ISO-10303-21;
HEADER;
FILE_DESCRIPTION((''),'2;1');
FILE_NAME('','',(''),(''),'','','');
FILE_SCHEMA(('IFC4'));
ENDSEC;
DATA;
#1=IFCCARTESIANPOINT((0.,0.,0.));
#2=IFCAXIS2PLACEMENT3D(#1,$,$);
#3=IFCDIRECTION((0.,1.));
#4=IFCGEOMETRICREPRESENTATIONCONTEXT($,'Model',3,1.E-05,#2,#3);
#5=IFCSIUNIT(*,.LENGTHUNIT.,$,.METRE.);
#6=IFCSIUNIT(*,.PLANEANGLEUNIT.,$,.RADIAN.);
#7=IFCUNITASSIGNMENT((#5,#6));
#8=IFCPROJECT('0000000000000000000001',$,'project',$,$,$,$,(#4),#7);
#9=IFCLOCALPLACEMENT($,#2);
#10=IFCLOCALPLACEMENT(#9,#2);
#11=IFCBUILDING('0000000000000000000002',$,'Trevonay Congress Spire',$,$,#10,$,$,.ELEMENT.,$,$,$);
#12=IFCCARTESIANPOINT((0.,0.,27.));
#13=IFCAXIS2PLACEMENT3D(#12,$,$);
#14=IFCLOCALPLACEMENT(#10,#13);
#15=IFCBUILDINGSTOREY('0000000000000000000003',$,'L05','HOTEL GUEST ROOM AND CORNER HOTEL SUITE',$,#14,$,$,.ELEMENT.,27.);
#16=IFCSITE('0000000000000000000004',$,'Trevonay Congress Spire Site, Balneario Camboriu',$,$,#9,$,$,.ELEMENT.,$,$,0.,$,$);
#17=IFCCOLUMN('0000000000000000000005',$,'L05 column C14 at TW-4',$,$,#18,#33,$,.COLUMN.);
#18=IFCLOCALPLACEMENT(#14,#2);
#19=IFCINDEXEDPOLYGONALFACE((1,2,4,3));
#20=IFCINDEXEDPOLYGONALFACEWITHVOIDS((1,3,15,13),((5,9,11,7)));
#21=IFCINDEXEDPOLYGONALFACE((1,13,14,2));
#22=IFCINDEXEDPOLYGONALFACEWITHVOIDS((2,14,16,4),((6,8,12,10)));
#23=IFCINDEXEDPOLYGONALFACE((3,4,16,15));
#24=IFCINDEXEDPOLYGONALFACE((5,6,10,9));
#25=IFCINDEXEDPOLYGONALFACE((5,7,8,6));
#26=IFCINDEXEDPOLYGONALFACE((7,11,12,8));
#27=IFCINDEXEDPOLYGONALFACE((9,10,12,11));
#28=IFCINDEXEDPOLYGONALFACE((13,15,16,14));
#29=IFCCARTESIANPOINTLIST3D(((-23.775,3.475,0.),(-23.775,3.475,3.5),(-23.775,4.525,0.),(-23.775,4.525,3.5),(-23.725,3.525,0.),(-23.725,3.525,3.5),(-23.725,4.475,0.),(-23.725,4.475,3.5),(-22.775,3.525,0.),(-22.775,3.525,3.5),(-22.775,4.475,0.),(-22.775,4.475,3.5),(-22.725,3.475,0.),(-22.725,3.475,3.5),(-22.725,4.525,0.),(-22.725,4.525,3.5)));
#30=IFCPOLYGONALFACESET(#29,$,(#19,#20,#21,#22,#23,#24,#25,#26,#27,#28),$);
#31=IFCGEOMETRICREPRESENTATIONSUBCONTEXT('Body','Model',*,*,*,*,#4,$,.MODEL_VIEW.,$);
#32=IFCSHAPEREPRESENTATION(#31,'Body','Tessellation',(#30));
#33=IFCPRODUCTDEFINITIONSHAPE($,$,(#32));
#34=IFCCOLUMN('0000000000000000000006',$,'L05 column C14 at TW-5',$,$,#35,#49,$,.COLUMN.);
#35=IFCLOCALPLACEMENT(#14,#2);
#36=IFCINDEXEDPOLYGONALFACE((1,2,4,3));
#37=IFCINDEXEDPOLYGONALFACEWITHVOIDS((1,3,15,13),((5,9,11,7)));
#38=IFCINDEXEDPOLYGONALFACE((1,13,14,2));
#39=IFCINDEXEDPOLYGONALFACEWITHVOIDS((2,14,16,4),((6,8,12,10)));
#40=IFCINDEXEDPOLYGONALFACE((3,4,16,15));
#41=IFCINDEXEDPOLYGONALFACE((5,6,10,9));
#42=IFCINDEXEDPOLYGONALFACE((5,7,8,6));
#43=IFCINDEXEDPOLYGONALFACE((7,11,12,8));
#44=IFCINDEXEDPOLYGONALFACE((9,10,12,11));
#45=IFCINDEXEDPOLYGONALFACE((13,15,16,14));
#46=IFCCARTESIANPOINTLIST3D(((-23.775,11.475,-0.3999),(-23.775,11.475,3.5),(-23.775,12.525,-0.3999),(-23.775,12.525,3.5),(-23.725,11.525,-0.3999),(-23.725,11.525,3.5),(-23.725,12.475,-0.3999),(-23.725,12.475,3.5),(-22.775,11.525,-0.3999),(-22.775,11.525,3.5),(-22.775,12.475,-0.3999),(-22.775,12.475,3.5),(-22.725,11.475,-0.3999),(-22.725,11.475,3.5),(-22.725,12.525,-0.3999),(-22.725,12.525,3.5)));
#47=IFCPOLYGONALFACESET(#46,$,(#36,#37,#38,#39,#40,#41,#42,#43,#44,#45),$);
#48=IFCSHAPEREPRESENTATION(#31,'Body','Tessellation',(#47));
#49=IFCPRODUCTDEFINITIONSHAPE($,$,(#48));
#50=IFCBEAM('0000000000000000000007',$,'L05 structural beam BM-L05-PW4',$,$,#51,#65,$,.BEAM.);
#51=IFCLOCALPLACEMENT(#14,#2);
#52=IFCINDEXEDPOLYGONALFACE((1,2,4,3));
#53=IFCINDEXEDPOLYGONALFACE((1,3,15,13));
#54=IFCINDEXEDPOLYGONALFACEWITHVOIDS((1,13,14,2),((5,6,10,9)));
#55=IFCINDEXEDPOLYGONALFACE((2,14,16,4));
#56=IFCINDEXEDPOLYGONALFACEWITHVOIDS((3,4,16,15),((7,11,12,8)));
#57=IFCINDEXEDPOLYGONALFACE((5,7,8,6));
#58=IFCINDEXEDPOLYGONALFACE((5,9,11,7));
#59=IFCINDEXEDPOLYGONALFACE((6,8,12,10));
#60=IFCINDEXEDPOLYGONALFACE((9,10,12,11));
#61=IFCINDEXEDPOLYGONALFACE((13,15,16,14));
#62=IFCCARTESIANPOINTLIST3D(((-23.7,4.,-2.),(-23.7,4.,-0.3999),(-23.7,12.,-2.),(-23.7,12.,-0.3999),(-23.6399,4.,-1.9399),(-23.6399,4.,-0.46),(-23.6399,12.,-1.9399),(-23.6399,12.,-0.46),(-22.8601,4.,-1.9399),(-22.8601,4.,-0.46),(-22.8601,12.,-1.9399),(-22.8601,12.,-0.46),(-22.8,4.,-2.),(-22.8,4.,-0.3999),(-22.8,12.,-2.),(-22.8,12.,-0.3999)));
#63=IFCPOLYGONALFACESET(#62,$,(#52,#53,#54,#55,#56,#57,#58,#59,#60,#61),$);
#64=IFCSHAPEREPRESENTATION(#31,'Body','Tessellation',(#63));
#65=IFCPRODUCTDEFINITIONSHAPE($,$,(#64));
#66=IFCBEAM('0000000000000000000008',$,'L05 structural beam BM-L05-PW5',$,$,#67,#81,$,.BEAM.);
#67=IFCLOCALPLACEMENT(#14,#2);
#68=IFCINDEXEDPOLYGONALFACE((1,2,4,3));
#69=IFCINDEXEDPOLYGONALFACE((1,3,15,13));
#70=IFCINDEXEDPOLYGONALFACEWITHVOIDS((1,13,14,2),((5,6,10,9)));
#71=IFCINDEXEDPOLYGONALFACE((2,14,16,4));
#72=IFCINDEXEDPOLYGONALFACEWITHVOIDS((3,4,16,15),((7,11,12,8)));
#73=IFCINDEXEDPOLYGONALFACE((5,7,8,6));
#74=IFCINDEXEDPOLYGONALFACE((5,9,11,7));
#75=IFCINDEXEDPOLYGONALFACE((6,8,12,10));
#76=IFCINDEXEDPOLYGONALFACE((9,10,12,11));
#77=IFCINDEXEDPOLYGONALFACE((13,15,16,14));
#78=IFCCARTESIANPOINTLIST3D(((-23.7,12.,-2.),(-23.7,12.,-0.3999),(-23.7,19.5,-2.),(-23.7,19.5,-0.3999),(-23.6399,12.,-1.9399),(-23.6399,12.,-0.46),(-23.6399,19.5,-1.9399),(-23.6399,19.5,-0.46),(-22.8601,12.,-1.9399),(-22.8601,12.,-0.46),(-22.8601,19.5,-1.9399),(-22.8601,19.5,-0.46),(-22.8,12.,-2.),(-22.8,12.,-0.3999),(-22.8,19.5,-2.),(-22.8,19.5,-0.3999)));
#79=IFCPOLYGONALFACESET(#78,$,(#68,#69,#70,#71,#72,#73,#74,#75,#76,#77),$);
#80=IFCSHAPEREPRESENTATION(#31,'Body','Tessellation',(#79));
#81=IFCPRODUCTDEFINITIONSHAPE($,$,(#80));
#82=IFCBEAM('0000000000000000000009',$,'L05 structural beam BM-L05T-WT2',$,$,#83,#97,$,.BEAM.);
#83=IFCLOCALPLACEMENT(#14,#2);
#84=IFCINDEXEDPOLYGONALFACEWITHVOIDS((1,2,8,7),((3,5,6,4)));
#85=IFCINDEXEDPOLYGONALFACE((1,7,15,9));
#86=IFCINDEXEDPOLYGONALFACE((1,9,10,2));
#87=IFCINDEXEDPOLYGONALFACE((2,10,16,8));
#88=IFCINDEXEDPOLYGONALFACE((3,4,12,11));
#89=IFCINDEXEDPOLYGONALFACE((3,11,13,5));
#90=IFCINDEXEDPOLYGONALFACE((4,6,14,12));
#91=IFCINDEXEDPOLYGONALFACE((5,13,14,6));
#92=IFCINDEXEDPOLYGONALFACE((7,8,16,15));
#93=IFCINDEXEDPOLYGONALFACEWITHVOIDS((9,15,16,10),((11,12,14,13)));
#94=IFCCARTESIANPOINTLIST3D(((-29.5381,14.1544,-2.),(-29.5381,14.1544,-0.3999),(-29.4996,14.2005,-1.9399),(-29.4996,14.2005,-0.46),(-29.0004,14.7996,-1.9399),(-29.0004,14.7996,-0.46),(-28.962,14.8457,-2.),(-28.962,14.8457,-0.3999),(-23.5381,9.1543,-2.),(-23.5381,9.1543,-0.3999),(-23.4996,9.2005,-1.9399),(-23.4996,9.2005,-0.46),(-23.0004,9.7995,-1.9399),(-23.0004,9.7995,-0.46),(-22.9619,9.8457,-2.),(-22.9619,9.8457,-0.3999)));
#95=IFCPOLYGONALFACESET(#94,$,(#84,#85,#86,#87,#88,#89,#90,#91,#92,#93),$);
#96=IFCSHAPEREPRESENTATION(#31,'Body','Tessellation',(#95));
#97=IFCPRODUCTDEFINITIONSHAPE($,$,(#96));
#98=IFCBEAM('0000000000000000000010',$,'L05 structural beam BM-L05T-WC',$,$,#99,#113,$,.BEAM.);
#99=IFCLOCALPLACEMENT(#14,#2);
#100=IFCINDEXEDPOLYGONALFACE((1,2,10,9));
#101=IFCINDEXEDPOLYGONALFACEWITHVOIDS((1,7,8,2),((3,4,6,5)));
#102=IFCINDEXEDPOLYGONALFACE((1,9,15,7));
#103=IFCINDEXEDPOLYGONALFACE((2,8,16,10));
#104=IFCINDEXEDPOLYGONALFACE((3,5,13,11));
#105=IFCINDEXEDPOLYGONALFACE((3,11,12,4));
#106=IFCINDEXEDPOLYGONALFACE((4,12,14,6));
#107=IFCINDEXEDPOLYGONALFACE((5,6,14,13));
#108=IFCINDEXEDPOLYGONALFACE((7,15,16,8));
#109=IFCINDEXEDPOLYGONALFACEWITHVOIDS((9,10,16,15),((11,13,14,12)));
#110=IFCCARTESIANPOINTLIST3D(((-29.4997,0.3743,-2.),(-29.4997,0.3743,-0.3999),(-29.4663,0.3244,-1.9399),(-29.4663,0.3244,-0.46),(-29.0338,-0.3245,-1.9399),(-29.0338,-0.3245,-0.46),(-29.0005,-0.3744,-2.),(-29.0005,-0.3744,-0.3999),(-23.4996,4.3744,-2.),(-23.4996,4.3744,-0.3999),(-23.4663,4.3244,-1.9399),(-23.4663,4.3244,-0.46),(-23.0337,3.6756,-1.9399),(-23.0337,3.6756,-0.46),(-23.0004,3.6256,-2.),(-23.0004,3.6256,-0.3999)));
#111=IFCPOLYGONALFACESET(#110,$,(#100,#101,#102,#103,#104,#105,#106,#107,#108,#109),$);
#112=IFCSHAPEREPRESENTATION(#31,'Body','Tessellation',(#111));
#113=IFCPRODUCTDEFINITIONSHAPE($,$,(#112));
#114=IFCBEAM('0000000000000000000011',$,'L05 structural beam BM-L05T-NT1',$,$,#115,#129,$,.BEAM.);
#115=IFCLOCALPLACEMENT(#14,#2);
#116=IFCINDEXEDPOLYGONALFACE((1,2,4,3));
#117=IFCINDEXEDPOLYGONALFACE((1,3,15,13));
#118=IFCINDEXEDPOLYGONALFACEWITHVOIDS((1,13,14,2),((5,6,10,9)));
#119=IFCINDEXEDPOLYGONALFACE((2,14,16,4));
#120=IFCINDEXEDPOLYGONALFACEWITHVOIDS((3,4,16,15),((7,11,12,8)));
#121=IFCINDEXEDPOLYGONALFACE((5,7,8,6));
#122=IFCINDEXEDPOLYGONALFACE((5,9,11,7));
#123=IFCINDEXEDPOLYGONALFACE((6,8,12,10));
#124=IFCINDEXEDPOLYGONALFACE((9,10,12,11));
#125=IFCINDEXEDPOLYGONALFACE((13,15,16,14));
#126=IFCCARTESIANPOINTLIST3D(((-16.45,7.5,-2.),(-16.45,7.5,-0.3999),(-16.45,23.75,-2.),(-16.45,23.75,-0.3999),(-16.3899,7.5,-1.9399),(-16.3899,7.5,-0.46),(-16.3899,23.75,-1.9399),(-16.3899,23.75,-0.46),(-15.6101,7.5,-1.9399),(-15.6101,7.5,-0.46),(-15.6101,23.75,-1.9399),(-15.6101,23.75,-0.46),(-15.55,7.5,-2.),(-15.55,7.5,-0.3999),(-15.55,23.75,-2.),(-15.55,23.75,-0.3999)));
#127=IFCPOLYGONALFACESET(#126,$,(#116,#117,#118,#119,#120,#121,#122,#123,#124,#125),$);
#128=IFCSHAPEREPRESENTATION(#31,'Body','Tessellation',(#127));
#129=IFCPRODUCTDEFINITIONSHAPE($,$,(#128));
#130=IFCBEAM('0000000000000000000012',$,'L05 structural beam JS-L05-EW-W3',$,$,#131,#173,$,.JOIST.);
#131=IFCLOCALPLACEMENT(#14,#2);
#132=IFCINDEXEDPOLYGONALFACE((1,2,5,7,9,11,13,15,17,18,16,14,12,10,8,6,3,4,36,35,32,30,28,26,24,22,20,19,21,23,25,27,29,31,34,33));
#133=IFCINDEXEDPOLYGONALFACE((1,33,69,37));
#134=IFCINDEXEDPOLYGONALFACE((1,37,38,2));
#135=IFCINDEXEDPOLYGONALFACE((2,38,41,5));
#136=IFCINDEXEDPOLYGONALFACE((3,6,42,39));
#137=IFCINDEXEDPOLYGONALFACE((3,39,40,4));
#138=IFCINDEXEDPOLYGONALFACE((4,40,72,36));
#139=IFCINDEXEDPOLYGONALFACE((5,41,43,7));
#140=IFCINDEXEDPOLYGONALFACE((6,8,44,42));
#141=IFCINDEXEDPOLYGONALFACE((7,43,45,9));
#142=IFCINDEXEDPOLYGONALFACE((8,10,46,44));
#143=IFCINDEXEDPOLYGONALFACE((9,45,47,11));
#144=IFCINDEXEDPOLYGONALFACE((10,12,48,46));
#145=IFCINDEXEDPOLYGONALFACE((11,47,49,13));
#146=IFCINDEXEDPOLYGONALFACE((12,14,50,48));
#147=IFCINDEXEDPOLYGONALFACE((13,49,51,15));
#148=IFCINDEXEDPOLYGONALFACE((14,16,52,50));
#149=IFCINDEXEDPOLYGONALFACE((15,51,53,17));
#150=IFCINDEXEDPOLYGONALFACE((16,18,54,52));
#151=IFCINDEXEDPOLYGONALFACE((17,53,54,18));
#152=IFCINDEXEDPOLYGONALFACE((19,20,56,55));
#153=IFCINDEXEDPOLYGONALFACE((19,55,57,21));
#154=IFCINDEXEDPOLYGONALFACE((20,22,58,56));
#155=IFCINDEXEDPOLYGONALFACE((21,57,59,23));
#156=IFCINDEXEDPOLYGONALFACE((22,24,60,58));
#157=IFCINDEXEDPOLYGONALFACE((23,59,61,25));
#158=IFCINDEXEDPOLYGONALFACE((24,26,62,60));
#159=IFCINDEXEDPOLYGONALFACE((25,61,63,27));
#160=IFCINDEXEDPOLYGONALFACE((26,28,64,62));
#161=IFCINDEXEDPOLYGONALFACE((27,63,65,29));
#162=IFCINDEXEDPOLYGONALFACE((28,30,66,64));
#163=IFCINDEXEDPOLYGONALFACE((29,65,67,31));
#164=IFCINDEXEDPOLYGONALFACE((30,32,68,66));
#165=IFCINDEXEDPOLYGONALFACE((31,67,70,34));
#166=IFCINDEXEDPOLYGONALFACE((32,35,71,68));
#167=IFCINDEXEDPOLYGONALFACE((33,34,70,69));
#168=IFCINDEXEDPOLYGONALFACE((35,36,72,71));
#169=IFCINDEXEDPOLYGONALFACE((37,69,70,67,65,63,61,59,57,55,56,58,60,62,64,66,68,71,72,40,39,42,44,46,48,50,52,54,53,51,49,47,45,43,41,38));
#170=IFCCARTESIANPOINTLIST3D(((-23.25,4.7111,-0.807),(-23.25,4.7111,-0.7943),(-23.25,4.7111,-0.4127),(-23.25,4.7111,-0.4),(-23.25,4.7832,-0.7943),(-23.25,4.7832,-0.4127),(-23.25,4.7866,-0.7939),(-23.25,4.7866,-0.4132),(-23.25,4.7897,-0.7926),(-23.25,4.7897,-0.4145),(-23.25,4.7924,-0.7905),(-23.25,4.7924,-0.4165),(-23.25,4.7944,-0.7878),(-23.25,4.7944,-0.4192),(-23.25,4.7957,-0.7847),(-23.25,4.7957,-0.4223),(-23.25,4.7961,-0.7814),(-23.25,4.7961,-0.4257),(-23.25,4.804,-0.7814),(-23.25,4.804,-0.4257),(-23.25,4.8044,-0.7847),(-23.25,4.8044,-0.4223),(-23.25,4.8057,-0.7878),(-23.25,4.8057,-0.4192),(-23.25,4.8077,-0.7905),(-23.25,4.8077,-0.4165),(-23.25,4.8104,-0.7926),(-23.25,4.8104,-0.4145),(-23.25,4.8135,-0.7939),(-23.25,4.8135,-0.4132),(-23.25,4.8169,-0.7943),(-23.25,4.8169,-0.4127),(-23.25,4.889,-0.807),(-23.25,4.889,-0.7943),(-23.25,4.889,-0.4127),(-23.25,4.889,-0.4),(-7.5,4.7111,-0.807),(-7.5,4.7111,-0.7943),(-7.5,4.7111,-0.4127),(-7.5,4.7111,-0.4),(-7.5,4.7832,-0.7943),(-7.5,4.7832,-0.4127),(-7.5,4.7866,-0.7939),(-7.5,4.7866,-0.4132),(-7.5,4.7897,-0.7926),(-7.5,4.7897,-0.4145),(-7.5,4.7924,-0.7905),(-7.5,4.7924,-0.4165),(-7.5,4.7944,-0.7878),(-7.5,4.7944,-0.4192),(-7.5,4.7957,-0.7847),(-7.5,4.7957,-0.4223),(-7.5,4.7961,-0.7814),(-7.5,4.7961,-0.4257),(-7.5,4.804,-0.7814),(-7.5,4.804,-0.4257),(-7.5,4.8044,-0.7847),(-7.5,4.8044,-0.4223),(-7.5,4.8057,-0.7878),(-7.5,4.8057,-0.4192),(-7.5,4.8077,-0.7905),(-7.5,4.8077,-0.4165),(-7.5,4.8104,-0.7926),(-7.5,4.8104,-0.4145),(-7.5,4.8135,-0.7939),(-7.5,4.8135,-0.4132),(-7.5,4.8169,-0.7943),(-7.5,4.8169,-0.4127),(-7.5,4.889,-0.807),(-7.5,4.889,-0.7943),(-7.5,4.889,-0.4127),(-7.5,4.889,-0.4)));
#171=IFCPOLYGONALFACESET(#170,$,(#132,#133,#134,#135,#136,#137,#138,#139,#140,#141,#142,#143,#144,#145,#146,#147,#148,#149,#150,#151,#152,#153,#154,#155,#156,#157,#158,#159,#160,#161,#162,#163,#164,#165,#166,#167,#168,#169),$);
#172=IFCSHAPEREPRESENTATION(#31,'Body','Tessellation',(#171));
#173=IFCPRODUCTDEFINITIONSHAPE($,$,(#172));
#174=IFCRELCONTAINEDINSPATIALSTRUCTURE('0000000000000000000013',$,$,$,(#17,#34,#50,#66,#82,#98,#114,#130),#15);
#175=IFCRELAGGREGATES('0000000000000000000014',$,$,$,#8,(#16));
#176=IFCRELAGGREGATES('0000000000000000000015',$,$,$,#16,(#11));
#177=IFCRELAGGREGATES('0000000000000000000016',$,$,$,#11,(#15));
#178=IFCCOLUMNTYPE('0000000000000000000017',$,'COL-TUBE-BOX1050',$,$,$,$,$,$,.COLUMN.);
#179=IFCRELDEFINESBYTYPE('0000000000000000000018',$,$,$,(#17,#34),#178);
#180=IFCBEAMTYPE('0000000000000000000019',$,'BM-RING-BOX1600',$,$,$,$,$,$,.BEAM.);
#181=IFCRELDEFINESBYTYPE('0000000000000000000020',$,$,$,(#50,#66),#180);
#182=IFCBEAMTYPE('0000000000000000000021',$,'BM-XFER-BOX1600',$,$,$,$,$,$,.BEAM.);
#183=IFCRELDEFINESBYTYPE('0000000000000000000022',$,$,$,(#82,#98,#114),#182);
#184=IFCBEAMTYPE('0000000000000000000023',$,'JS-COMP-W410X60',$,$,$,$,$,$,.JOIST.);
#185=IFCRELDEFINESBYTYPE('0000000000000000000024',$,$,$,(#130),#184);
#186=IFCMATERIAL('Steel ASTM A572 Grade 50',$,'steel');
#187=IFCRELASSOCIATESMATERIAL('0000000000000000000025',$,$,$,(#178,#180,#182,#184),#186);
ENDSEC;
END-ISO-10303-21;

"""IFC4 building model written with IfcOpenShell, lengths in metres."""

from ifc_helpers import new_model, si_unit, direction, frame, origin, origin_2d, place, context, subcontext, project, spatial, hollow_rectangle, i_section, extrude, material, material_profile, profile_set, type_object, element, save


model = new_model("IFC4")

# Units and contexts
model_context = context("Model", 3, precision=1e-05, world=origin(), true_north=direction((0.0, 1.0)))
body_context = subcontext(model_context, "Body", "Model", "MODEL_VIEW")
ifc_project = project(units=[si_unit("LENGTHUNIT", "METRE"), si_unit("PLANEANGLEUNIT", "RADIAN")], contexts=[model_context])

# Site, building, storey
site_placement = place(None, origin())
site = spatial("IfcSite", under=ifc_project, at=site_placement, Name="Trevonay Congress Spire Site, Balneario Camboriu", CompositionType="ELEMENT", RefElevation=0.0)
building_placement = place(site_placement, origin())
building = spatial("IfcBuilding", under=site, at=building_placement, Name="Trevonay Congress Spire", CompositionType="ELEMENT")
storey_placement = place(building_placement, frame((0.0, 0.0, 27.0)))
storey = spatial("IfcBuildingStorey", under=building, at=storey_placement, Name="L05", Description="HOTEL GUEST ROOM AND CORNER HOTEL SUITE", CompositionType="ELEMENT", Elevation=27.0)

# Columns
ifc_material_1 = material(Name="Steel ASTM A572 Grade 50", Category="steel")
ifc_material_profile_1 = material_profile(ifc_material_1, hollow_rectangle(XDim=1.05, YDim=1.05, WallThickness=0.05, at=origin_2d()), Name="BOX 1050x1050x50")
ifc_profile_set_1 = profile_set([ifc_material_profile_1], Name="Steel ASTM A572 Grade 50")
column_type = type_object("IfcColumnType", Name="COL-TUBE-BOX1050", PredefinedType="COLUMN", material=ifc_profile_set_1)
column_1_placement = place(storey_placement, frame((-23.25, 4.0, 0.0), z_axis=(0.0, 0.0, 1.0), x_axis=(1.0, 0.0, 0.0)))
element("IfcColumn", 1, at=column_1_placement, inside=storey, type_object=column_type, Name="L05 column C14 at TW-4", PredefinedType="COLUMN", context=body_context, shape_type="SweptSolid", body=[
    extrude(hollow_rectangle(XDim=1.05, YDim=1.05, WallThickness=0.05, at=origin_2d()), origin(), (0.0, 0.0, 1.0), 3.5),
])
column_2_placement = place(storey_placement, frame((-23.25, 12.0, -0.3999), z_axis=(0.0, 0.0, 1.0), x_axis=(1.0, 0.0, 0.0)))
element("IfcColumn", 2, at=column_2_placement, inside=storey, type_object=column_type, Name="L05 column C14 at TW-5", PredefinedType="COLUMN", context=body_context, shape_type="SweptSolid", body=[
    extrude(hollow_rectangle(XDim=1.05, YDim=1.05, WallThickness=0.05, at=origin_2d()), origin(), (0.0, 0.0, 1.0), 3.8999),
])

# Beams
ifc_material_profile_2 = material_profile(ifc_material_1, hollow_rectangle(XDim=0.8999, YDim=1.6001, WallThickness=0.0601, at=origin_2d()), Name="BOX 1600x900x60")
ifc_profile_set_2 = profile_set([ifc_material_profile_2], Name="Steel ASTM A572 Grade 50")
beam_type_1 = type_object("IfcBeamType", Name="BM-RING-BOX1600", PredefinedType="BEAM", material=ifc_profile_set_2)
beam_1_placement = place(storey_placement, frame((-23.25, 4.0, -1.2), z_axis=(0.0, 1.0, 0.0), x_axis=(-1.0, 0.0, 0.0)))
element("IfcBeam", 3, at=beam_1_placement, inside=storey, type_object=beam_type_1, Name="L05 structural beam BM-L05-PW4", PredefinedType="BEAM", context=body_context, shape_type="SweptSolid", body=[
    extrude(hollow_rectangle(XDim=0.8999, YDim=1.6001, WallThickness=0.0601, at=origin_2d()), origin(), (0.0, 0.0, 1.0), 8.0),
])
beam_2_placement = place(storey_placement, frame((-23.25, 12.0, -1.2), z_axis=(0.0, 1.0, 0.0), x_axis=(-1.0, 0.0, 0.0)))
element("IfcBeam", 4, at=beam_2_placement, inside=storey, type_object=beam_type_1, Name="L05 structural beam BM-L05-PW5", PredefinedType="BEAM", context=body_context, shape_type="SweptSolid", body=[
    extrude(hollow_rectangle(XDim=0.8999, YDim=1.6001, WallThickness=0.0601, at=origin_2d()), origin(), (0.0, 0.0, 1.0), 7.5),
])
ifc_material_profile_3 = material_profile(ifc_material_1, hollow_rectangle(XDim=0.8999, YDim=1.6001, WallThickness=0.0601, at=origin_2d()), Name="BOX 1600x900x60")
ifc_profile_set_3 = profile_set([ifc_material_profile_3], Name="Steel ASTM A572 Grade 50")
beam_type_2 = type_object("IfcBeamType", Name="BM-XFER-BOX1600", PredefinedType="BEAM", material=ifc_profile_set_3)
beam_3_placement = place(storey_placement, frame((-23.25, 9.5, -1.2), z_axis=(-0.768221, 0.640184, 0.0), x_axis=(-0.640184, -0.768221, 0.0)))
element("IfcBeam", 5, at=beam_3_placement, inside=storey, type_object=beam_type_2, Name="L05 structural beam BM-L05T-WT2", PredefinedType="BEAM", context=body_context, shape_type="SweptSolid", body=[
    extrude(hollow_rectangle(XDim=0.8999, YDim=1.6001, WallThickness=0.0601, at=origin_2d()), origin(), (0.0, 0.0, 1.0), 7.8103),
])
beam_4_placement = place(storey_placement, frame((-23.25, 4.0, -1.2), z_axis=(-0.83205, -0.5547, 0.0), x_axis=(0.5547, -0.83205, 0.0)))
element("IfcBeam", 6, at=beam_4_placement, inside=storey, type_object=beam_type_2, Name="L05 structural beam BM-L05T-WC", PredefinedType="BEAM", context=body_context, shape_type="SweptSolid", body=[
    extrude(hollow_rectangle(XDim=0.8999, YDim=1.6001, WallThickness=0.0601, at=origin_2d()), origin(), (0.0, 0.0, 1.0), 7.2112),
])
beam_5_placement = place(storey_placement, frame((-16.0, 7.5, -1.2), z_axis=(0.0, 1.0, 0.0), x_axis=(-1.0, 0.0, 0.0)))
element("IfcBeam", 7, at=beam_5_placement, inside=storey, type_object=beam_type_2, Name="L05 structural beam BM-L05T-NT1", PredefinedType="BEAM", context=body_context, shape_type="SweptSolid", body=[
    extrude(hollow_rectangle(XDim=0.8999, YDim=1.6001, WallThickness=0.0601, at=origin_2d()), origin(), (0.0, 0.0, 1.0), 16.25),
])
ifc_material_profile_4 = material_profile(ifc_material_1, i_section(OverallWidth=0.178, OverallDepth=0.407, WebThickness=0.0078, FlangeThickness=0.0127, FilletRadius=0.0129, at=origin_2d()), Name="W410x60")
ifc_profile_set_4 = profile_set([ifc_material_profile_4], Name="Steel ASTM A572 Grade 50")
beam_type_3 = type_object("IfcBeamType", Name="JS-COMP-W410X60", PredefinedType="JOIST", material=ifc_profile_set_4)
beam_6_placement = place(storey_placement, frame((-23.25, 4.8, -0.6035), z_axis=(1.0, 0.0, 0.0), x_axis=(0.0, 1.0, 0.0)))
element("IfcBeam", 8, at=beam_6_placement, inside=storey, type_object=beam_type_3, Name="L05 structural beam JS-L05-EW-W3", PredefinedType="JOIST", context=body_context, shape_type="SweptSolid", body=[
    extrude(i_section(OverallWidth=0.178, OverallDepth=0.407, WebThickness=0.0078, FlangeThickness=0.0127, FilletRadius=0.0129, at=origin_2d()), origin(), (0.0, 0.0, 1.0), 15.75),
])

save(model, "model.ifc")
